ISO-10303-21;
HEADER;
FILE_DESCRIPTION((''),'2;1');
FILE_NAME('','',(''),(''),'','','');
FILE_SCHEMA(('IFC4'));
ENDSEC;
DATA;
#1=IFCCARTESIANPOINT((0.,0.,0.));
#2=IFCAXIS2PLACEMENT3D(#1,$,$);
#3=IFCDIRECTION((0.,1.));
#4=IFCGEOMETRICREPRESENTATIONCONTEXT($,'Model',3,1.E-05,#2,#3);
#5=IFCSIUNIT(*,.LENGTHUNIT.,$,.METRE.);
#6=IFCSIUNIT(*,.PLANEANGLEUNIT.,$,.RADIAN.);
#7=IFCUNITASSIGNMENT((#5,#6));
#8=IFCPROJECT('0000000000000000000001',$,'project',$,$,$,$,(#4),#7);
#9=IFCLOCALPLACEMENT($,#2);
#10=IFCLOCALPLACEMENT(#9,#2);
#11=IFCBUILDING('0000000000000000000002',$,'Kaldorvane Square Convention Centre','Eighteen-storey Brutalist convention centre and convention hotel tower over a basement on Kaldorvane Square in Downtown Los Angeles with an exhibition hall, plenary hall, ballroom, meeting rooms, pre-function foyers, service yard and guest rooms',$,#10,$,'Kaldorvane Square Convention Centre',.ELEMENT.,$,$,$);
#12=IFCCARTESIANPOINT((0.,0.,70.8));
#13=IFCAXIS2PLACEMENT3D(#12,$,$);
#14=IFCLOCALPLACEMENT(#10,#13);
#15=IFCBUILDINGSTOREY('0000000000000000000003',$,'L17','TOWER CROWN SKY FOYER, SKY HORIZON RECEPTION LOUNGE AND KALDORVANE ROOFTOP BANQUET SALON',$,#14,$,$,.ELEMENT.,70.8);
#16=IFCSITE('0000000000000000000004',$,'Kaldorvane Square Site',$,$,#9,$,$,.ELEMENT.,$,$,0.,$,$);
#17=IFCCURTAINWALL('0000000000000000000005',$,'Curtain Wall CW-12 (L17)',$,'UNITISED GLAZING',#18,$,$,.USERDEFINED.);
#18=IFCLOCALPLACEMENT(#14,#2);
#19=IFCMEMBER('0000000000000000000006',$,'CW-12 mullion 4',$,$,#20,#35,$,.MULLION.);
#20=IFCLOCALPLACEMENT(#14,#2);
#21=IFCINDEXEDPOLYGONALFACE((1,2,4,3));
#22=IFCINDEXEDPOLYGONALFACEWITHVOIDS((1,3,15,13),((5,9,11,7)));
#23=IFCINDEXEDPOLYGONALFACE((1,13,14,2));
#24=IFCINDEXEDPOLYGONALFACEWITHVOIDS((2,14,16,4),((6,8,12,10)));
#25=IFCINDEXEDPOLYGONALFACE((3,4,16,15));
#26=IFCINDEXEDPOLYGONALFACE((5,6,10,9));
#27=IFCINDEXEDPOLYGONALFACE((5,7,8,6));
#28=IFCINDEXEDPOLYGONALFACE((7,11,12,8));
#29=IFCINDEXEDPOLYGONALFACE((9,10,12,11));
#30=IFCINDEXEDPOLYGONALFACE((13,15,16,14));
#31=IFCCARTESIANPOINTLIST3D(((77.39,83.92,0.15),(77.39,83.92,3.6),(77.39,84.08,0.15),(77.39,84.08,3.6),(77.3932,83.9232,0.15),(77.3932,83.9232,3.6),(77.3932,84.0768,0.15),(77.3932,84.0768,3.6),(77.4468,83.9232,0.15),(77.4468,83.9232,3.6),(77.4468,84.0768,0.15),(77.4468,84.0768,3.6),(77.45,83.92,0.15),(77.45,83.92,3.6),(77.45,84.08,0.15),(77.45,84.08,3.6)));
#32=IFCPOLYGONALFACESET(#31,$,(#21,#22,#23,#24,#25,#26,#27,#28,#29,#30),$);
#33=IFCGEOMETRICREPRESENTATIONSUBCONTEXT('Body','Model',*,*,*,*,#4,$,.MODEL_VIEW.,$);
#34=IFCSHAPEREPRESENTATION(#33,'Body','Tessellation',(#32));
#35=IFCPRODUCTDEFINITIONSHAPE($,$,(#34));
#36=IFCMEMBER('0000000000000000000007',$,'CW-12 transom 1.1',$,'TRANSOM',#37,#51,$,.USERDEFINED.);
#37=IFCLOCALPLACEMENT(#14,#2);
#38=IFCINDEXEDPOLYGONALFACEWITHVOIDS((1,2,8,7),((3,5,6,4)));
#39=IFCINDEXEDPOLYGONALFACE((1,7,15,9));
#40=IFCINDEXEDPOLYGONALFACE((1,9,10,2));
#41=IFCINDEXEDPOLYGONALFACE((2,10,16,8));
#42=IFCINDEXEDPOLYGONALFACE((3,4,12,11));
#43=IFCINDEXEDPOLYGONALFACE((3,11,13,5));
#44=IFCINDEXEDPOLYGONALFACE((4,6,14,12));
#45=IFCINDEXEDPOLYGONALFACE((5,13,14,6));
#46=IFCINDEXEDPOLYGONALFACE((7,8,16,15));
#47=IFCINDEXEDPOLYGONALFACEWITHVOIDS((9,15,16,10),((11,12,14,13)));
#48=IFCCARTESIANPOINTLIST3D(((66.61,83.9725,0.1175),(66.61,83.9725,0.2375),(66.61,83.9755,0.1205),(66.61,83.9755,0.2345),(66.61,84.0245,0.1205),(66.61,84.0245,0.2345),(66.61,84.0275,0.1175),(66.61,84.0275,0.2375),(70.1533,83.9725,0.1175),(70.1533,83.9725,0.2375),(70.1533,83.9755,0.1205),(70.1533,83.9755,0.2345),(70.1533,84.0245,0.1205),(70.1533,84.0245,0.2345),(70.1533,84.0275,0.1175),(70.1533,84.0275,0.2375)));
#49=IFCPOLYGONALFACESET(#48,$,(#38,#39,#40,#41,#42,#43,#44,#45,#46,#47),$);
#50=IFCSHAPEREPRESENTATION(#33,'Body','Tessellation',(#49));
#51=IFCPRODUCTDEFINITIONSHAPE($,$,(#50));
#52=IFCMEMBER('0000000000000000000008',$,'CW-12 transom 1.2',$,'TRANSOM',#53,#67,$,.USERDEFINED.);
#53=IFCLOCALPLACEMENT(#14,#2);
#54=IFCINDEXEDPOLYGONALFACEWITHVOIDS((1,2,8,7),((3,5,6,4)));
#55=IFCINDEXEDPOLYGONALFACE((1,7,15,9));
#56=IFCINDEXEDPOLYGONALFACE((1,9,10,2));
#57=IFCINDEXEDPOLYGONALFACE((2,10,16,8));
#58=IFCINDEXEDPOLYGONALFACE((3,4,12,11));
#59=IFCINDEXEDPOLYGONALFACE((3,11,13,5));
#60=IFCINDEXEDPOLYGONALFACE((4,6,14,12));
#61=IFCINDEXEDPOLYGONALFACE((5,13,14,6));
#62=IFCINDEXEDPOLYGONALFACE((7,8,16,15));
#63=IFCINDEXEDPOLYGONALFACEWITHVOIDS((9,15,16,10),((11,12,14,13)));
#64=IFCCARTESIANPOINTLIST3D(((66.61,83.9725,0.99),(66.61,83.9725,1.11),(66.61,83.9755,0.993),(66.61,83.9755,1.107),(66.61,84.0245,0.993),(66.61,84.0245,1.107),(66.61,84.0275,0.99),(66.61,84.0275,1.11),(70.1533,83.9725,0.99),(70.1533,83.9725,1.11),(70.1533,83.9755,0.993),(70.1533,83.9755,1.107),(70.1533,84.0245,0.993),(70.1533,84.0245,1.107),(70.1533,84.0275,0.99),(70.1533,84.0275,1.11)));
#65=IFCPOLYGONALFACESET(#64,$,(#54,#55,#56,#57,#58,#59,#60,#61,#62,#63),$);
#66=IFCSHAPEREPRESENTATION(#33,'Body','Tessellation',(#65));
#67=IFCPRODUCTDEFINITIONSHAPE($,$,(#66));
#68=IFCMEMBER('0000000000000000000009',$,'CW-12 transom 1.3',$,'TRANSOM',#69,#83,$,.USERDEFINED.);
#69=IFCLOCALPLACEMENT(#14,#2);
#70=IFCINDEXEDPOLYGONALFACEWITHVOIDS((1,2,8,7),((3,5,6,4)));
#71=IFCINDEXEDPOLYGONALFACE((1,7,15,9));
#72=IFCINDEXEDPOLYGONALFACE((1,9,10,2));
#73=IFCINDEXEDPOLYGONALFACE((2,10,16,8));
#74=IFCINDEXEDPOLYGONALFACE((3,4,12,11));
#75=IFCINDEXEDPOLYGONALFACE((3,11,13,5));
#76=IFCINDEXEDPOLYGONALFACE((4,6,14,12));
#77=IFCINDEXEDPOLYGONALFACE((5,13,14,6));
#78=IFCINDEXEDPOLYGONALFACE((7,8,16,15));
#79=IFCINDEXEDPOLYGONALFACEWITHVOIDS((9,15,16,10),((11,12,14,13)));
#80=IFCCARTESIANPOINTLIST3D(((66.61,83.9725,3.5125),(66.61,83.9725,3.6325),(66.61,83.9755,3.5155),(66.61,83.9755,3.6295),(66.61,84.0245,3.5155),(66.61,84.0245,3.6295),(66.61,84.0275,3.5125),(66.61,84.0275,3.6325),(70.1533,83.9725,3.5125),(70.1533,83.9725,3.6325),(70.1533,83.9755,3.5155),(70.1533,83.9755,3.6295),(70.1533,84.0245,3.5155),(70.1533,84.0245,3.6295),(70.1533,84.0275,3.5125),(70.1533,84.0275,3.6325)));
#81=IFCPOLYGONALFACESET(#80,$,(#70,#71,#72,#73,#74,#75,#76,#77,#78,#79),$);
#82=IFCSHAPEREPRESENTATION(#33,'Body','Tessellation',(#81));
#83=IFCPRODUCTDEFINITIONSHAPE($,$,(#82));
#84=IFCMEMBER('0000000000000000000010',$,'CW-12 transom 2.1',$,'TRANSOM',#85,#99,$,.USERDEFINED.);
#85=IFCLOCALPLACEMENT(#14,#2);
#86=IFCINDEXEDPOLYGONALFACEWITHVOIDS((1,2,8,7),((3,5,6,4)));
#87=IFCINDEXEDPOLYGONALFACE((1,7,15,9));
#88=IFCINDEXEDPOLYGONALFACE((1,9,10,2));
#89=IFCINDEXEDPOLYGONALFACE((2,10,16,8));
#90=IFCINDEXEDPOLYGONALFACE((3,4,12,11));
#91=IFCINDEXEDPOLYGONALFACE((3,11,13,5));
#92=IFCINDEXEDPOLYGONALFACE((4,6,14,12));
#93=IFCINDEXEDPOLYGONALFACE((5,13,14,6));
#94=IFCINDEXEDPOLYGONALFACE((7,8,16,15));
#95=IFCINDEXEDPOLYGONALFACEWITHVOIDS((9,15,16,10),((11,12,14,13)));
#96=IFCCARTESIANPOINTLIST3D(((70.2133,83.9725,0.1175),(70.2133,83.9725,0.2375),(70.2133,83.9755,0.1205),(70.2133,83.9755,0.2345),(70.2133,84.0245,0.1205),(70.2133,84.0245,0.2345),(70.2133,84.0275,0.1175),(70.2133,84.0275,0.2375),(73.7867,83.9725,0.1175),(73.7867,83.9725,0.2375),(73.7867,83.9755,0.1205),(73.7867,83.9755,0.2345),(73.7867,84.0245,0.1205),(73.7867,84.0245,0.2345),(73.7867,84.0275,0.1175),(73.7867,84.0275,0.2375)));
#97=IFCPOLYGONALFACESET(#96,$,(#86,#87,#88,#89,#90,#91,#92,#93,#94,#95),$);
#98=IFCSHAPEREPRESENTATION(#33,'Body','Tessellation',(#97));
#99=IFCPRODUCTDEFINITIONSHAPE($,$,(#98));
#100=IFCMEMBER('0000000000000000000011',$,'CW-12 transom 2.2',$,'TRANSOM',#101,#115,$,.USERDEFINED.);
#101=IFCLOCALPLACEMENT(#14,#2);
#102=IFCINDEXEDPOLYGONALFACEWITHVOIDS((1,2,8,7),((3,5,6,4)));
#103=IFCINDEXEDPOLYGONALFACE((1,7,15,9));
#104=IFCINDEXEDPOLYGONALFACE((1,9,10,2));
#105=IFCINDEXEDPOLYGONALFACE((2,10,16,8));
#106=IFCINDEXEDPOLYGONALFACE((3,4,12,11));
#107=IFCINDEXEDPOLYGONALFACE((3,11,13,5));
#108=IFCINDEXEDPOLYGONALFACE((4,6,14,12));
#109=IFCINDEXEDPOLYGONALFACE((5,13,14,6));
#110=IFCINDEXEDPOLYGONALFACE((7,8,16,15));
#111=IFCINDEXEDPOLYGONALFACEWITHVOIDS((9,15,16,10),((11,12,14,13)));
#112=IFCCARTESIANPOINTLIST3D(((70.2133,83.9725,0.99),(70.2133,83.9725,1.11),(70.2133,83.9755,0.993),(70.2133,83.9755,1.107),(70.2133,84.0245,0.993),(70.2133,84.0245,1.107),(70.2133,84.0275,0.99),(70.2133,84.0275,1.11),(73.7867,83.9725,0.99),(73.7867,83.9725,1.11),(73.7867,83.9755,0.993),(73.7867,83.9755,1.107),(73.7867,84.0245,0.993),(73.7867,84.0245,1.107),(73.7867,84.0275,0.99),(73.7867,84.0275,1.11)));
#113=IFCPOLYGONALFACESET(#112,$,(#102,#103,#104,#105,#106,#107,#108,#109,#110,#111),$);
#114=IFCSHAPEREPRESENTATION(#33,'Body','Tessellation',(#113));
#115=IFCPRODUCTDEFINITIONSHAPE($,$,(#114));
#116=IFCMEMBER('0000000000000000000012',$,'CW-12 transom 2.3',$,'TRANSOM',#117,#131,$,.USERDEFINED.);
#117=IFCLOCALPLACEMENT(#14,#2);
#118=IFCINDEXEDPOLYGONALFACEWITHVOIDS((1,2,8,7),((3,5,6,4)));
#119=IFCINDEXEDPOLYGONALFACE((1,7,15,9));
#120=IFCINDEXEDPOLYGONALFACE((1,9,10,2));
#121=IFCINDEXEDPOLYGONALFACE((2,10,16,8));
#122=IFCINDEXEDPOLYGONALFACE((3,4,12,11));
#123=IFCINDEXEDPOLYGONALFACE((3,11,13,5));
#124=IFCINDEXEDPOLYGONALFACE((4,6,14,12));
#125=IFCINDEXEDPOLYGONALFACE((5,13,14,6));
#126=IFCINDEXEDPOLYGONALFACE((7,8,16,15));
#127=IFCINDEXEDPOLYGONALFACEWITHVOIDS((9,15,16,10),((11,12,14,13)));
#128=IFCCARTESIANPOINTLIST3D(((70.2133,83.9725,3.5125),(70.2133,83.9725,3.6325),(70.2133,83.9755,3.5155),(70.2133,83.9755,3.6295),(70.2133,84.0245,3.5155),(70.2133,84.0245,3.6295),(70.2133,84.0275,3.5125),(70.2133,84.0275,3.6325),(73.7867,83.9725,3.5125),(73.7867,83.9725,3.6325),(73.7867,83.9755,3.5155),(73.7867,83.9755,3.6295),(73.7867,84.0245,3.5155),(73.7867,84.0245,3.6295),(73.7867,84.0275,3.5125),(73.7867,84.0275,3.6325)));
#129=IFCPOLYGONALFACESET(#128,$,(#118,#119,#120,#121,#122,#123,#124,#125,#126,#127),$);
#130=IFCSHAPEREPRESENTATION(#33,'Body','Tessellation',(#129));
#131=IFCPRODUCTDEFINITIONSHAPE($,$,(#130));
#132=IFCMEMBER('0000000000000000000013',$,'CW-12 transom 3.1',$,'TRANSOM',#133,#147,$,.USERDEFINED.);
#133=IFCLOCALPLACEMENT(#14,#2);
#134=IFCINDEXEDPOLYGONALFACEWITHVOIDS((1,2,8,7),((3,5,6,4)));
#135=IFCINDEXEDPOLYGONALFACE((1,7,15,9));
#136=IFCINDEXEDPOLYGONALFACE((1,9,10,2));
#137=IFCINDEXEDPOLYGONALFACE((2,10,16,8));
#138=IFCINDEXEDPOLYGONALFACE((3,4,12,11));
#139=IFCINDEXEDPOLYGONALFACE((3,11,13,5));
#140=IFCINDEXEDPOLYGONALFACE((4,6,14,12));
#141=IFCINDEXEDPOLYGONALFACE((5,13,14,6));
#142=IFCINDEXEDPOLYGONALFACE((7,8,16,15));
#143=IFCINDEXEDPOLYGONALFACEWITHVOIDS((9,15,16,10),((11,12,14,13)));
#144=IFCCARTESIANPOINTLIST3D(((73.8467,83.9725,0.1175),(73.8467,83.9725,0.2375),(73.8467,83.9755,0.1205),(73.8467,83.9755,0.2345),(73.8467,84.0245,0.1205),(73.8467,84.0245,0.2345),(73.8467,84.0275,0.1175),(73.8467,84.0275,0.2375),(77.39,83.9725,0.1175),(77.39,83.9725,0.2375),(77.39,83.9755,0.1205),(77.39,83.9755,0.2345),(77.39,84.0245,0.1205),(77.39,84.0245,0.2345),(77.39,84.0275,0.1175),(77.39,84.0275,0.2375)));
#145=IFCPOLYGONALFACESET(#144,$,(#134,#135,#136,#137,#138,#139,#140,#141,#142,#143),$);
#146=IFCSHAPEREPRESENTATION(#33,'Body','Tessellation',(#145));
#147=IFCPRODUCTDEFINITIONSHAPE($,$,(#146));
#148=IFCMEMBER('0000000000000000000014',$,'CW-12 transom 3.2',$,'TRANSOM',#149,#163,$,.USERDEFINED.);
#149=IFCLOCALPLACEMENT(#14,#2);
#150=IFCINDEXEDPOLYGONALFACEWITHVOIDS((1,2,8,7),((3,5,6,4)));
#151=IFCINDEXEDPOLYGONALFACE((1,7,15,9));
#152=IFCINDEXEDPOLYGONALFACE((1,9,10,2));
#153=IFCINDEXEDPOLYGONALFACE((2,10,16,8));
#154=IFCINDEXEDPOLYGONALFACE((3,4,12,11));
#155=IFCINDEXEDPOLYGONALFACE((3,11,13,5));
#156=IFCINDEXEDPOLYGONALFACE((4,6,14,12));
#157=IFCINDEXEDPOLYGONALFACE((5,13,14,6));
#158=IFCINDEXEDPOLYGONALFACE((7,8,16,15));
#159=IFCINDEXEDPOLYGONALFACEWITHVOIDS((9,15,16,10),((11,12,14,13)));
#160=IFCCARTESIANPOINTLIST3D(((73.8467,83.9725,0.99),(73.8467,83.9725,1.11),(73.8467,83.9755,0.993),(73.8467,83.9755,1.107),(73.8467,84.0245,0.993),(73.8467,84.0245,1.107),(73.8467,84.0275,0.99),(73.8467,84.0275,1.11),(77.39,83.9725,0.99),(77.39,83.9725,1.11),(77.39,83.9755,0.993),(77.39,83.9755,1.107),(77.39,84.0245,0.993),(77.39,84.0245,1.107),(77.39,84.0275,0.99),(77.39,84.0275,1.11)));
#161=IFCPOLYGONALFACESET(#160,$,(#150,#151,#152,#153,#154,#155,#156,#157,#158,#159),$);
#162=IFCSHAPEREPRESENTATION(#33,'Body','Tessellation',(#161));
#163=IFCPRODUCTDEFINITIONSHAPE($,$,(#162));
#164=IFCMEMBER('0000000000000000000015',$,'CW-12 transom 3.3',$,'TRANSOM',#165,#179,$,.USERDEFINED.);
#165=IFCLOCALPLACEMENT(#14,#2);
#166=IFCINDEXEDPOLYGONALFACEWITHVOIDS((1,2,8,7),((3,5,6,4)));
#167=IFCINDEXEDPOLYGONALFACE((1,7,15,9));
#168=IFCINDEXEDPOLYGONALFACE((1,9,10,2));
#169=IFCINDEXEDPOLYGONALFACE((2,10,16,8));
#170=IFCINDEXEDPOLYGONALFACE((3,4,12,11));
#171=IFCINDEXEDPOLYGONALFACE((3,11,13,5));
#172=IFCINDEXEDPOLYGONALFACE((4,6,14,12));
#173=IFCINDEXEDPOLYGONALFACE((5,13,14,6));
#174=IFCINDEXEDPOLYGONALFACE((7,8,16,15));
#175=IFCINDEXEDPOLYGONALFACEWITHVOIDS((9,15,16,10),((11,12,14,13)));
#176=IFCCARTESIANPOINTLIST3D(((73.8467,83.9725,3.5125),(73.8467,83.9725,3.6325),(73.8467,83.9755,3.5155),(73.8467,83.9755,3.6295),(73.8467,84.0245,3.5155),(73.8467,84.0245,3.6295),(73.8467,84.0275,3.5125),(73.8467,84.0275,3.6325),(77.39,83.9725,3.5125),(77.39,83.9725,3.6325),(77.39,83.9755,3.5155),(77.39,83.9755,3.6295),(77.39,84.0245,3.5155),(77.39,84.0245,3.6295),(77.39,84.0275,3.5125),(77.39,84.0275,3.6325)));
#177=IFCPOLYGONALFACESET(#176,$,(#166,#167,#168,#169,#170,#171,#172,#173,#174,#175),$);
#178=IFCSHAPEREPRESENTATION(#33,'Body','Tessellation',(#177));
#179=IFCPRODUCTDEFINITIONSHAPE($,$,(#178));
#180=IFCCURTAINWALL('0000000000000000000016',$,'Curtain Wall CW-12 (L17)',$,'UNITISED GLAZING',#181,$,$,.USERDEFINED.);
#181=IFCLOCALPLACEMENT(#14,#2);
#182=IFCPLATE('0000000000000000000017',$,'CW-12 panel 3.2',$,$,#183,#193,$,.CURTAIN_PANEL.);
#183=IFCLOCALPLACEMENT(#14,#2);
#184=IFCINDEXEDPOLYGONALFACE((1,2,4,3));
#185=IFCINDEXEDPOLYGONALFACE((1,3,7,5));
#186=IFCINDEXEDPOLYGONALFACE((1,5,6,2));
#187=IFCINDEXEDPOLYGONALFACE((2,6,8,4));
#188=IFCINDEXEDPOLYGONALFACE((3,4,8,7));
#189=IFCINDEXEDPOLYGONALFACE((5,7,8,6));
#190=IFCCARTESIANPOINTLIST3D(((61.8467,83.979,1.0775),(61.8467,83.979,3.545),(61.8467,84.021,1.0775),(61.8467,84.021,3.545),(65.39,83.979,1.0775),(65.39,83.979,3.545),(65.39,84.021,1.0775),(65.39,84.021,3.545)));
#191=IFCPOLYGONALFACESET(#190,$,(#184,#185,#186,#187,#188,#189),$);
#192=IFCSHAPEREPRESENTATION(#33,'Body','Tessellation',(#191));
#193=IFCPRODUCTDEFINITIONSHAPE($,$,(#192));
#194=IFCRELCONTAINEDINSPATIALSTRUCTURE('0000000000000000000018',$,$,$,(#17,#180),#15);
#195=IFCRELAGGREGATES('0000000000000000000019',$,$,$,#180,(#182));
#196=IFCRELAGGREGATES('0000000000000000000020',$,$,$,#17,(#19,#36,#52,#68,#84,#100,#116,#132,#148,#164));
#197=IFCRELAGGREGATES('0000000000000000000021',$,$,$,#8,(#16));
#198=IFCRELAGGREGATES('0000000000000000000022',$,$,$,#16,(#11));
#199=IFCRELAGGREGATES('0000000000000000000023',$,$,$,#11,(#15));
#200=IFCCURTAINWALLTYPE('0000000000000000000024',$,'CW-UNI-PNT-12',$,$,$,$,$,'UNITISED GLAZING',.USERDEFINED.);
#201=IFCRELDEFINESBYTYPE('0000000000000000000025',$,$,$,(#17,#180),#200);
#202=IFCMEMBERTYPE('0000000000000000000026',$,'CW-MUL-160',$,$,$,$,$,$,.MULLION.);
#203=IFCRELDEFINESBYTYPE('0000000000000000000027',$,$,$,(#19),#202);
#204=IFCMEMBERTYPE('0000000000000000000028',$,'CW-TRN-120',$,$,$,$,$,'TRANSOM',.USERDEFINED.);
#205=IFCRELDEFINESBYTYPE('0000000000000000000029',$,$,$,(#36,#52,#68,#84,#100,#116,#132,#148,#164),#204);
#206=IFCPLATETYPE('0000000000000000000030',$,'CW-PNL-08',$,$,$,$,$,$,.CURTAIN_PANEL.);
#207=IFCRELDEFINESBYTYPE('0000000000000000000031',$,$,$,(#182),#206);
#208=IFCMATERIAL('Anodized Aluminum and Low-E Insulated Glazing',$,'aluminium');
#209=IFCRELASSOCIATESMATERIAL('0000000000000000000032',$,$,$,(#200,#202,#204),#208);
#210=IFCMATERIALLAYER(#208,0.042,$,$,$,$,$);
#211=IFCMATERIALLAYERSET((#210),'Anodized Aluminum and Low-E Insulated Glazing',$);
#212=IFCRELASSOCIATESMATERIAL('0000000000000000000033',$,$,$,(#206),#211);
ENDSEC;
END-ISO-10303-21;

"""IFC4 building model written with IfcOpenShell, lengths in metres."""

from ifc_helpers import new_model, si_unit, direction, frame, origin, origin_2d, place, context, subcontext, project, spatial, rectangle, hollow_rectangle, extrude, material, layer, layer_set, material_profile, profile_set, type_object, element, aggregate, save


model = new_model("IFC4")

# Units and contexts
model_context = context("Model", 3, precision=1e-05, world=origin(), true_north=direction((0.0, 1.0)))
body_context = subcontext(model_context, "Body", "Model", "MODEL_VIEW")
ifc_project = project(units=[si_unit("LENGTHUNIT", "METRE"), si_unit("PLANEANGLEUNIT", "RADIAN")], contexts=[model_context])

# Site, building, storey
site_placement = place(None, origin())
site = spatial("IfcSite", under=ifc_project, at=site_placement, Name="Kaldorvane Square Site", CompositionType="ELEMENT", RefElevation=0.0)
building_placement = place(site_placement, origin())
building = spatial("IfcBuilding", under=site, at=building_placement, Name="Kaldorvane Square Convention Centre", Description="Eighteen-storey Brutalist convention centre and convention hotel tower over a basement on Kaldorvane Square in Downtown Los Angeles with an exhibition hall, plenary hall, ballroom, meeting rooms, pre-function foyers, service yard and guest rooms", LongName="Kaldorvane Square Convention Centre", CompositionType="ELEMENT")
storey_placement = place(building_placement, frame((0.0, 0.0, 70.8)))
storey = spatial("IfcBuildingStorey", under=building, at=storey_placement, Name="L17", Description="TOWER CROWN SKY FOYER, SKY HORIZON RECEPTION LOUNGE AND KALDORVANE ROOFTOP BANQUET SALON", CompositionType="ELEMENT", Elevation=70.8)

# Curtain wall, members
ifc_material_1 = material(Name="Anodized Aluminum and Low-E Insulated Glazing", Category="aluminium")
curtain_wall_type = type_object("IfcCurtainWallType", Name="CW-UNI-PNT-12", ElementType="UNITISED GLAZING", PredefinedType="USERDEFINED", material=ifc_material_1)
curtain_wall_1_placement = place(storey_placement, origin())
curtain_wall_1 = element("IfcCurtainWall", 1, at=curtain_wall_1_placement, inside=storey, type_object=curtain_wall_type, Name="Curtain Wall CW-12 (L17)", ObjectType="UNITISED GLAZING", PredefinedType="USERDEFINED")
ifc_material_profile_1 = material_profile(ifc_material_1, hollow_rectangle(XDim=0.06, YDim=0.16, WallThickness=0.0032, at=origin_2d()), Name="CWM-160X60")
ifc_profile_set_1 = profile_set([ifc_material_profile_1], Name="Anodized Aluminum and Low-E Insulated Glazing")
member_type_1 = type_object("IfcMemberType", Name="CW-MUL-160", PredefinedType="MULLION", material=ifc_profile_set_1)
member_1_placement = place(storey_placement, frame((77.42, 84.0, 0.15), z_axis=(0.0, 0.0, 1.0), x_axis=(1.0, 0.0, 0.0)))
member_1 = element("IfcMember", 2, at=member_1_placement, type_object=member_type_1, Name="CW-12 mullion 4", PredefinedType="MULLION", context=body_context, shape_type="SweptSolid", body=[
    extrude(hollow_rectangle(XDim=0.06, YDim=0.16, WallThickness=0.0032, at=origin_2d()), origin(), (0.0, 0.0, 1.0), 3.45),
])
ifc_material_profile_2 = material_profile(ifc_material_1, hollow_rectangle(XDim=0.055, YDim=0.12, WallThickness=0.003, at=origin_2d()), Name="CWT-120X55")
ifc_profile_set_2 = profile_set([ifc_material_profile_2], Name="Anodized Aluminum and Low-E Insulated Glazing")
member_type_2 = type_object("IfcMemberType", Name="CW-TRN-120", ElementType="TRANSOM", PredefinedType="USERDEFINED", material=ifc_profile_set_2)
member_2_placement = place(storey_placement, frame((66.61, 84.0, 0.1775), z_axis=(1.0, 0.0, 0.0), x_axis=(0.0, 1.0, 0.0)))
member_2 = element("IfcMember", 3, at=member_2_placement, type_object=member_type_2, Name="CW-12 transom 1.1", ObjectType="TRANSOM", PredefinedType="USERDEFINED", context=body_context, shape_type="SweptSolid", body=[
    extrude(hollow_rectangle(XDim=0.055, YDim=0.12, WallThickness=0.003, at=origin_2d()), origin(), (0.0, 0.0, 1.0), 3.5433),
])
member_3_placement = place(storey_placement, frame((66.61, 84.0, 1.05), z_axis=(1.0, 0.0, 0.0), x_axis=(0.0, 1.0, 0.0)))
member_3 = element("IfcMember", 4, at=member_3_placement, type_object=member_type_2, Name="CW-12 transom 1.2", ObjectType="TRANSOM", PredefinedType="USERDEFINED", context=body_context, shape_type="SweptSolid", body=[
    extrude(hollow_rectangle(XDim=0.055, YDim=0.12, WallThickness=0.003, at=origin_2d()), origin(), (0.0, 0.0, 1.0), 3.5433),
])
member_4_placement = place(storey_placement, frame((66.61, 84.0, 3.5725), z_axis=(1.0, 0.0, 0.0), x_axis=(0.0, 1.0, 0.0)))
member_4 = element("IfcMember", 5, at=member_4_placement, type_object=member_type_2, Name="CW-12 transom 1.3", ObjectType="TRANSOM", PredefinedType="USERDEFINED", context=body_context, shape_type="SweptSolid", body=[
    extrude(hollow_rectangle(XDim=0.055, YDim=0.12, WallThickness=0.003, at=origin_2d()), origin(), (0.0, 0.0, 1.0), 3.5433),
])
member_5_placement = place(storey_placement, frame((70.2133, 84.0, 0.1775), z_axis=(1.0, 0.0, 0.0), x_axis=(0.0, 1.0, 0.0)))
member_5 = element("IfcMember", 6, at=member_5_placement, type_object=member_type_2, Name="CW-12 transom 2.1", ObjectType="TRANSOM", PredefinedType="USERDEFINED", context=body_context, shape_type="SweptSolid", body=[
    extrude(hollow_rectangle(XDim=0.055, YDim=0.12, WallThickness=0.003, at=origin_2d()), origin(), (0.0, 0.0, 1.0), 3.5733),
])
member_6_placement = place(storey_placement, frame((70.2133, 84.0, 1.05), z_axis=(1.0, 0.0, 0.0), x_axis=(0.0, 1.0, 0.0)))
member_6 = element("IfcMember", 7, at=member_6_placement, type_object=member_type_2, Name="CW-12 transom 2.2", ObjectType="TRANSOM", PredefinedType="USERDEFINED", context=body_context, shape_type="SweptSolid", body=[
    extrude(hollow_rectangle(XDim=0.055, YDim=0.12, WallThickness=0.003, at=origin_2d()), origin(), (0.0, 0.0, 1.0), 3.5733),
])
member_7_placement = place(storey_placement, frame((70.2133, 84.0, 3.5725), z_axis=(1.0, 0.0, 0.0), x_axis=(0.0, 1.0, 0.0)))
member_7 = element("IfcMember", 8, at=member_7_placement, type_object=member_type_2, Name="CW-12 transom 2.3", ObjectType="TRANSOM", PredefinedType="USERDEFINED", context=body_context, shape_type="SweptSolid", body=[
    extrude(hollow_rectangle(XDim=0.055, YDim=0.12, WallThickness=0.003, at=origin_2d()), origin(), (0.0, 0.0, 1.0), 3.5733),
])
member_8_placement = place(storey_placement, frame((73.8467, 84.0, 0.1775), z_axis=(1.0, 0.0, 0.0), x_axis=(0.0, 1.0, 0.0)))
member_8 = element("IfcMember", 9, at=member_8_placement, type_object=member_type_2, Name="CW-12 transom 3.1", ObjectType="TRANSOM", PredefinedType="USERDEFINED", context=body_context, shape_type="SweptSolid", body=[
    extrude(hollow_rectangle(XDim=0.055, YDim=0.12, WallThickness=0.003, at=origin_2d()), origin(), (0.0, 0.0, 1.0), 3.5433),
])
member_9_placement = place(storey_placement, frame((73.8467, 84.0, 1.05), z_axis=(1.0, 0.0, 0.0), x_axis=(0.0, 1.0, 0.0)))
member_9 = element("IfcMember", 10, at=member_9_placement, type_object=member_type_2, Name="CW-12 transom 3.2", ObjectType="TRANSOM", PredefinedType="USERDEFINED", context=body_context, shape_type="SweptSolid", body=[
    extrude(hollow_rectangle(XDim=0.055, YDim=0.12, WallThickness=0.003, at=origin_2d()), origin(), (0.0, 0.0, 1.0), 3.5433),
])
member_10_placement = place(storey_placement, frame((73.8467, 84.0, 3.5725), z_axis=(1.0, 0.0, 0.0), x_axis=(0.0, 1.0, 0.0)))
member_10 = element("IfcMember", 11, at=member_10_placement, type_object=member_type_2, Name="CW-12 transom 3.3", ObjectType="TRANSOM", PredefinedType="USERDEFINED", context=body_context, shape_type="SweptSolid", body=[
    extrude(hollow_rectangle(XDim=0.055, YDim=0.12, WallThickness=0.003, at=origin_2d()), origin(), (0.0, 0.0, 1.0), 3.5433),
])

# Curtain wall, plate
curtain_wall_2_placement = place(storey_placement, origin())
curtain_wall_2 = element("IfcCurtainWall", 12, at=curtain_wall_2_placement, inside=storey, type_object=curtain_wall_type, Name="Curtain Wall CW-12 (L17)", ObjectType="UNITISED GLAZING", PredefinedType="USERDEFINED")
ifc_layer_1 = layer(ifc_material_1, 0.042)
ifc_layer_set_1 = layer_set([ifc_layer_1], Name="Anodized Aluminum and Low-E Insulated Glazing")
plate_type = type_object("IfcPlateType", Name="CW-PNL-08", PredefinedType="CURTAIN_PANEL", material=ifc_layer_set_1)
plate_1_placement = place(storey_placement, frame((63.6183, 84.0, 1.0775), z_axis=(0.0, 0.0, 1.0), x_axis=(1.0, 0.0, 0.0)))
plate_1 = element("IfcPlate", 13, at=plate_1_placement, type_object=plate_type, Name="CW-12 panel 3.2", PredefinedType="CURTAIN_PANEL", context=body_context, shape_type="SweptSolid", body=[
    extrude(rectangle(XDim=3.5433, YDim=0.042, at=origin_2d()), origin(), (0.0, 0.0, 1.0), 2.4675),
])
aggregate(curtain_wall_2, [plate_1])

aggregate(curtain_wall_1, [member_1, member_2, member_3, member_4, member_5, member_6, member_7, member_8, member_9, member_10])

save(model, "model.ifc")
